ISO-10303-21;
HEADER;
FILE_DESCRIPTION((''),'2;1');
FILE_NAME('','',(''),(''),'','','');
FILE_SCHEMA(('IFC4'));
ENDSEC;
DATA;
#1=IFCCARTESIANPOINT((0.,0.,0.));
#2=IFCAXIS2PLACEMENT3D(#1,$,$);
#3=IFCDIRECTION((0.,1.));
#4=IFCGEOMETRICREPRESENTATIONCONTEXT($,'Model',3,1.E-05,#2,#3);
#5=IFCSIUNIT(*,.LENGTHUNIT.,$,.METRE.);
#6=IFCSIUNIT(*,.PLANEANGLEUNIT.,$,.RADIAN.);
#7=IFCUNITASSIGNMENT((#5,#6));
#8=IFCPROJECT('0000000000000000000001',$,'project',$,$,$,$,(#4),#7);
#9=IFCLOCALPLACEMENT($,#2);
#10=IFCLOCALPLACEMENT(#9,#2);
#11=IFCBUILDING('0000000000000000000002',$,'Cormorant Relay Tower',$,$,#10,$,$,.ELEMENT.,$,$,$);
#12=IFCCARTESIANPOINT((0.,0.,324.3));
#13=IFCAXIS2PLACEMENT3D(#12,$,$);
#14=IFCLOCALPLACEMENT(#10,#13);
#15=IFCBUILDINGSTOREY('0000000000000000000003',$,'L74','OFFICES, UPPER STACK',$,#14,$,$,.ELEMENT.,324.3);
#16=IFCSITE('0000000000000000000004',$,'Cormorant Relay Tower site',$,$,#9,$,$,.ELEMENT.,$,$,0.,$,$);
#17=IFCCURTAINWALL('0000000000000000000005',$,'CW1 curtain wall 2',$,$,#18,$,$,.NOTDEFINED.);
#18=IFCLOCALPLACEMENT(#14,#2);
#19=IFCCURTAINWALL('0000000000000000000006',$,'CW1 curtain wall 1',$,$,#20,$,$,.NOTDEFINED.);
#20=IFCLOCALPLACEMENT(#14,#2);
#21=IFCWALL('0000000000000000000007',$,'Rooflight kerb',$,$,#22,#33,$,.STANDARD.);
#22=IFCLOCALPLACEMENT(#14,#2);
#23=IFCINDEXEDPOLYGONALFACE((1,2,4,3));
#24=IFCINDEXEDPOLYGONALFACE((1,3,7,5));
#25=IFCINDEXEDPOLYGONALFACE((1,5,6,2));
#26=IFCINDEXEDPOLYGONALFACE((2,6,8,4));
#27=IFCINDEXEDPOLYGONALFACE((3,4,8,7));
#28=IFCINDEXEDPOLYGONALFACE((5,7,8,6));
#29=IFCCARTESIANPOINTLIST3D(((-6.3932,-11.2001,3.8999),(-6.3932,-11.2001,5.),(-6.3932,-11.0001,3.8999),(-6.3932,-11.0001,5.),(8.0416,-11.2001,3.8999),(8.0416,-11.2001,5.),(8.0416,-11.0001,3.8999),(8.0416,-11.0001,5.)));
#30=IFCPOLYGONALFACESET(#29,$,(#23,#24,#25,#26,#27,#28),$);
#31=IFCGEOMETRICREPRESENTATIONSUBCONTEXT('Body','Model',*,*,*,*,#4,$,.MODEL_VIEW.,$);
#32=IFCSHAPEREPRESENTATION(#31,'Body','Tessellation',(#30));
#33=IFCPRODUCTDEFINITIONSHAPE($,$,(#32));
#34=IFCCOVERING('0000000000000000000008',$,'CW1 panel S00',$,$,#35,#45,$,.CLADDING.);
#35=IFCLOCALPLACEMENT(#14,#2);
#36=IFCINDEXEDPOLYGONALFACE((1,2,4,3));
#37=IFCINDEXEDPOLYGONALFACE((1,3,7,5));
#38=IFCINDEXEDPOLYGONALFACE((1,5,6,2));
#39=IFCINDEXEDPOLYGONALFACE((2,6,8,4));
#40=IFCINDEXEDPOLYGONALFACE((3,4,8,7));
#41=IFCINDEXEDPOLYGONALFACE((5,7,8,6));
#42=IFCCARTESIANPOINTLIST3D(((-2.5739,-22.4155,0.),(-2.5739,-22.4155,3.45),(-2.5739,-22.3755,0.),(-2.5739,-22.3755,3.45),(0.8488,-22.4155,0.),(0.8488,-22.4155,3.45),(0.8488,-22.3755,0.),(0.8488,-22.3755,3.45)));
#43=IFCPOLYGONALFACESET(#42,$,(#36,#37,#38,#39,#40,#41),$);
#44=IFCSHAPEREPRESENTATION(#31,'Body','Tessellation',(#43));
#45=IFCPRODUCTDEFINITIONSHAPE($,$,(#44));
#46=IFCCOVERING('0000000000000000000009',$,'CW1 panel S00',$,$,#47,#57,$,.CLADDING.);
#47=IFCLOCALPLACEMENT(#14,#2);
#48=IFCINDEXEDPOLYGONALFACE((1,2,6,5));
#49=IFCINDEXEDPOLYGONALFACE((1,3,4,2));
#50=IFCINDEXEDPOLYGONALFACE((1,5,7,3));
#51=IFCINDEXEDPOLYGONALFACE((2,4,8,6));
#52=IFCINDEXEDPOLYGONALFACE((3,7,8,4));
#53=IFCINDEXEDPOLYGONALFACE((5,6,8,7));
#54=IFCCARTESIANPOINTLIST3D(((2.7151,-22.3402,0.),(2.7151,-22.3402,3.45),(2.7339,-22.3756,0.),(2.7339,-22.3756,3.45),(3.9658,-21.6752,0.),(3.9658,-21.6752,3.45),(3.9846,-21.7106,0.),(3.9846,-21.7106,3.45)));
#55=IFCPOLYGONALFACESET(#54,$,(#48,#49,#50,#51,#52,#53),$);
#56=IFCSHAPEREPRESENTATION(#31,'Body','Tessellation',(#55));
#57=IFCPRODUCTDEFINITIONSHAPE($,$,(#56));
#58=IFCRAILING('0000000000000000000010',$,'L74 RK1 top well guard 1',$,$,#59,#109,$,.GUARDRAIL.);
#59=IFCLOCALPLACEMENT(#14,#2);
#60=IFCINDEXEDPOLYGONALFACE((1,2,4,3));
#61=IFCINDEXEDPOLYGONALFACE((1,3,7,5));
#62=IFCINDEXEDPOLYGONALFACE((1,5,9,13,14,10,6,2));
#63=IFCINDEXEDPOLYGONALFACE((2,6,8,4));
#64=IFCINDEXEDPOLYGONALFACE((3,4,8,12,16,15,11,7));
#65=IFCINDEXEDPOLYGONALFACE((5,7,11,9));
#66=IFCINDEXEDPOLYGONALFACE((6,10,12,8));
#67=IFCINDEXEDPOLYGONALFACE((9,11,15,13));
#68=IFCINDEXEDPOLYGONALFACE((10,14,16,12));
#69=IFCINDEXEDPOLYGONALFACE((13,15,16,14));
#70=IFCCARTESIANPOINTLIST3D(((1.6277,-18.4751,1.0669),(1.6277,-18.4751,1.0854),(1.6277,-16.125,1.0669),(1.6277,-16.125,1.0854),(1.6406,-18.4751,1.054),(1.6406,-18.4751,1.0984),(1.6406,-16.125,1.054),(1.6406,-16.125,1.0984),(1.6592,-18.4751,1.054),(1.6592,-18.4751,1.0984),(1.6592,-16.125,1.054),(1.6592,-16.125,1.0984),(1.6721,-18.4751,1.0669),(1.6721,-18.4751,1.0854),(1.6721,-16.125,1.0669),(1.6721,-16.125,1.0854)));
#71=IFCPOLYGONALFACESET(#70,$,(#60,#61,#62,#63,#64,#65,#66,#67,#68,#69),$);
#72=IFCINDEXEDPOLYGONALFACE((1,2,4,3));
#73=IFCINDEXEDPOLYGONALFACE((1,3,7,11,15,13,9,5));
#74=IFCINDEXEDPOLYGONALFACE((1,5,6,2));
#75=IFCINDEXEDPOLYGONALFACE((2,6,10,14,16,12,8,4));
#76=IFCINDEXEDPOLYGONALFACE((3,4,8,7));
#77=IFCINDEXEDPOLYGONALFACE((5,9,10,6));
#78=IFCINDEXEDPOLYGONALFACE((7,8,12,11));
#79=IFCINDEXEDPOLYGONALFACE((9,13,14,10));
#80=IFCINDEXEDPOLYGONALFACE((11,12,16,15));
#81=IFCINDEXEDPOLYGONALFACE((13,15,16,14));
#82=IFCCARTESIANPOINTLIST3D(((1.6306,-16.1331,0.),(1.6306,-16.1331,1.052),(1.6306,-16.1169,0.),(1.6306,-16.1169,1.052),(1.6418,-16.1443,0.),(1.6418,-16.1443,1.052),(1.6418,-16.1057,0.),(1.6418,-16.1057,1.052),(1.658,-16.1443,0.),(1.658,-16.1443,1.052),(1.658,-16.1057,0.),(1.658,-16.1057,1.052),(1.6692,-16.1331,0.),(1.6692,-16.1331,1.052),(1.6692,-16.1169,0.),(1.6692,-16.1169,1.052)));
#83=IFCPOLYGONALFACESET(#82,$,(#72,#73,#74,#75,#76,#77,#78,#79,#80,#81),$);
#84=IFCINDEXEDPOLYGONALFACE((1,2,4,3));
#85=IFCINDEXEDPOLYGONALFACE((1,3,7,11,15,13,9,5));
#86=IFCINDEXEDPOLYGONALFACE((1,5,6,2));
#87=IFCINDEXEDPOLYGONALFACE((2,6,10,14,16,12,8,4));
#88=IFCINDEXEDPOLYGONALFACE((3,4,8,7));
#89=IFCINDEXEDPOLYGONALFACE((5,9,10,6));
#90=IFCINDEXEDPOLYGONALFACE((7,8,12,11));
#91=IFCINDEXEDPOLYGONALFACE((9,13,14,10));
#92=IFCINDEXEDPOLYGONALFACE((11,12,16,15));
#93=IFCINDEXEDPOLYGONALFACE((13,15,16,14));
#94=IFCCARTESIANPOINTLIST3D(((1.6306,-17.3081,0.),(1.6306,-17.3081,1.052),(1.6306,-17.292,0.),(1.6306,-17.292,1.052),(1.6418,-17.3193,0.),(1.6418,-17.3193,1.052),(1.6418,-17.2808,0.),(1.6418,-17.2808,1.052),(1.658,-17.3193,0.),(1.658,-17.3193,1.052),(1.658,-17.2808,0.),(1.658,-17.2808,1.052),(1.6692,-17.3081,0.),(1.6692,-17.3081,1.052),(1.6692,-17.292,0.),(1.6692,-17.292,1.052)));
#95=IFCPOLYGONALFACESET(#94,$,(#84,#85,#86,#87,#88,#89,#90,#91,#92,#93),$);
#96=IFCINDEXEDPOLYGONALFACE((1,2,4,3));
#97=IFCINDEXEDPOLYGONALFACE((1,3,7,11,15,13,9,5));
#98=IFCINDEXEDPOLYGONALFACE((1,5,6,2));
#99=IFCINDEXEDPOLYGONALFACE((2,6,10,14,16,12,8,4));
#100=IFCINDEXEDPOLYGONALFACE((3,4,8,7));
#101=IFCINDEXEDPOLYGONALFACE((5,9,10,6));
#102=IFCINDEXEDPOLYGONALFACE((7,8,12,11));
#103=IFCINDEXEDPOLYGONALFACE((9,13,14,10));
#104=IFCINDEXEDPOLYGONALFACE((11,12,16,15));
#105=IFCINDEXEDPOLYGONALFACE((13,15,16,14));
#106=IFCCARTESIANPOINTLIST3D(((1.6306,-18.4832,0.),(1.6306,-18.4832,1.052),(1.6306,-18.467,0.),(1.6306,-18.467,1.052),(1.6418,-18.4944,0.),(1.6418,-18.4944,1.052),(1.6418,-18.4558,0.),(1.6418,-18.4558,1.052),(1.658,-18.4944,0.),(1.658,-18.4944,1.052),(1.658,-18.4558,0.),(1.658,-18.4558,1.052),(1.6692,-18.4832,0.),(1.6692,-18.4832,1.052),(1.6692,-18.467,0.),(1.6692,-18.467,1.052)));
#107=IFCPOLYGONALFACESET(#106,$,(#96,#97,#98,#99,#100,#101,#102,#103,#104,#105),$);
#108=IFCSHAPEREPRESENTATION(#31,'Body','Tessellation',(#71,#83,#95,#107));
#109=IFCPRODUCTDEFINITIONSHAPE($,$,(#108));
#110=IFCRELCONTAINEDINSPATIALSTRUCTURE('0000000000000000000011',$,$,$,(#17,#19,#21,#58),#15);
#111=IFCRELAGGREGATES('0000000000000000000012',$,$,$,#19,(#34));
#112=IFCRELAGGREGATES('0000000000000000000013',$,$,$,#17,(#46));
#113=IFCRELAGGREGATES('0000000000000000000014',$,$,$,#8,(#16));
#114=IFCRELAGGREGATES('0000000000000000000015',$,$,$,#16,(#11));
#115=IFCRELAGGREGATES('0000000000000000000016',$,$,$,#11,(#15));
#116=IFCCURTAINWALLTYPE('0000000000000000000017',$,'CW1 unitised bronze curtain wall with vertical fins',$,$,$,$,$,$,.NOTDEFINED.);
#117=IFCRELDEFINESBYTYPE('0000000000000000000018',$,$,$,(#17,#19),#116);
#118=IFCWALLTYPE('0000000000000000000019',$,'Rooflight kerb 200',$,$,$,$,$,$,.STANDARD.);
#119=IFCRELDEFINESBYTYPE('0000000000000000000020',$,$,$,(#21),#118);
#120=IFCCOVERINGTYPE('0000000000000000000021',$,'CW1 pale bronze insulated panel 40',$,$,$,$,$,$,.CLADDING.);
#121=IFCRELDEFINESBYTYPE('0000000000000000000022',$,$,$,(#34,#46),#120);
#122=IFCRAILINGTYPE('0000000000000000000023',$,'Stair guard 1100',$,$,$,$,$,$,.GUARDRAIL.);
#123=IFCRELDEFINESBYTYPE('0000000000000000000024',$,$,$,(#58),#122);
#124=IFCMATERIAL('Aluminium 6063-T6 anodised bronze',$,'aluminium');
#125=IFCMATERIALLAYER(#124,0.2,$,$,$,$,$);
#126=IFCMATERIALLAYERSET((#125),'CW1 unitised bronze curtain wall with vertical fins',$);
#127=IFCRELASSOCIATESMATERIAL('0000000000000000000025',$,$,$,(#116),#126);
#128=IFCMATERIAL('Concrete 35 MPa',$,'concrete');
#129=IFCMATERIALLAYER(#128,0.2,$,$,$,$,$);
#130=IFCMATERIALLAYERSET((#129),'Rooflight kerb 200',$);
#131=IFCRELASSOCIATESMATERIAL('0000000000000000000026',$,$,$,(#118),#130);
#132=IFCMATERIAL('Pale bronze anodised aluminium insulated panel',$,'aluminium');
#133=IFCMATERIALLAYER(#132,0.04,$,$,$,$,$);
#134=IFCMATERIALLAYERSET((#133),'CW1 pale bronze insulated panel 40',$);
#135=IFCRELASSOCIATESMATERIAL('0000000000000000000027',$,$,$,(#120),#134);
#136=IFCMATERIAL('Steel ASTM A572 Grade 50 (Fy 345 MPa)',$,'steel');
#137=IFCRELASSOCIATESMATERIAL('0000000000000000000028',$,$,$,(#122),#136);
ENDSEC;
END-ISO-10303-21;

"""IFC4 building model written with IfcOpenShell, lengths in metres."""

from ifc_helpers import new_model, si_unit, direction, frame, frame_2d, origin, origin_2d, place, context, subcontext, project, spatial, polyline, rectangle, outline, extrude, material, layer, layer_set, type_object, element, aggregate, save


model = new_model("IFC4")

# Units and contexts
model_context = context("Model", 3, precision=1e-05, world=origin(), true_north=direction((0.0, 1.0)))
body_context = subcontext(model_context, "Body", "Model", "MODEL_VIEW")
ifc_project = project(units=[si_unit("LENGTHUNIT", "METRE"), si_unit("PLANEANGLEUNIT", "RADIAN")], contexts=[model_context])

# Site, building, storey
site_placement = place(None, origin())
site = spatial("IfcSite", under=ifc_project, at=site_placement, Name="Cormorant Relay Tower site", CompositionType="ELEMENT", RefElevation=0.0)
building_placement = place(site_placement, origin())
building = spatial("IfcBuilding", under=site, at=building_placement, Name="Cormorant Relay Tower", CompositionType="ELEMENT")
storey_placement = place(building_placement, frame((0.0, 0.0, 324.3)))
storey = spatial("IfcBuildingStorey", under=building, at=storey_placement, Name="L74", Description="OFFICES, UPPER STACK", CompositionType="ELEMENT", Elevation=324.3)

# Curtain wall
ifc_material_1 = material(Name="Aluminium 6063-T6 anodised bronze", Category="aluminium")
ifc_layer_1 = layer(ifc_material_1, 0.2)
ifc_layer_set_1 = layer_set([ifc_layer_1], Name="CW1 unitised bronze curtain wall with vertical fins")
curtain_wall_type_1 = type_object("IfcCurtainWallType", Name="CW1 unitised bronze curtain wall with vertical fins", PredefinedType="NOTDEFINED", material=ifc_layer_set_1)
curtain_wall_1_placement = place(storey_placement, origin())
curtain_wall_1 = element("IfcCurtainWall", 1, at=curtain_wall_1_placement, inside=storey, type_object=curtain_wall_type_1, Name="CW1 curtain wall 2", PredefinedType="NOTDEFINED")

# Curtain wall
curtain_wall_2_placement = place(storey_placement, origin())
curtain_wall_2 = element("IfcCurtainWall", 2, at=curtain_wall_2_placement, inside=storey, type_object=curtain_wall_type_1, Name="CW1 curtain wall 1", PredefinedType="NOTDEFINED")

# Wall
ifc_material_2 = material(Name="Concrete 35 MPa", Category="concrete")
ifc_layer_2 = layer(ifc_material_2, 0.2)
ifc_layer_set_2 = layer_set([ifc_layer_2], Name="Rooflight kerb 200")
wall_type_1 = type_object("IfcWallType", Name="Rooflight kerb 200", PredefinedType="STANDARD", material=ifc_layer_set_2)
wall_1_placement = place(storey_placement, frame((8.0415, -11.1001, 3.8999), z_axis=(0.0, 0.0, 1.0), x_axis=(-1.0, 0.0, 0.0)))
element("IfcWall", 3, at=wall_1_placement, inside=storey, type_object=wall_type_1, Name="Rooflight kerb", PredefinedType="STANDARD", context=body_context, shape_type="SweptSolid", body=[
    extrude(rectangle(XDim=14.4348, YDim=0.2, at=frame_2d((7.2173, 0.0))), origin(), (0.0, 0.0, 1.0), 1.1001),
])

# Coverings
ifc_material_3 = material(Name="Pale bronze anodised aluminium insulated panel", Category="aluminium")
ifc_layer_3 = layer(ifc_material_3, 0.04)
ifc_layer_set_3 = layer_set([ifc_layer_3], Name="CW1 pale bronze insulated panel 40")
covering_type = type_object("IfcCoveringType", Name="CW1 pale bronze insulated panel 40", PredefinedType="CLADDING", material=ifc_layer_set_3)
covering_1_placement = place(storey_placement, frame((-0.8625, -22.3955, 0.0), z_axis=(0.0, 0.0, 1.0), x_axis=(1.0, 0.0, 0.0)))
covering_1 = element("IfcCovering", 4, at=covering_1_placement, type_object=covering_type, Name="CW1 panel S00", PredefinedType="CLADDING", context=body_context, shape_type="SweptSolid", body=[
    extrude(rectangle(XDim=3.4226, YDim=0.04, at=origin_2d()), origin(), (0.0, 0.0, 1.0), 3.45),
])
aggregate(curtain_wall_2, [covering_1])
covering_2_placement = place(storey_placement, frame((3.3499, -22.0254, 0.0), z_axis=(0.0, 0.0, 1.0), x_axis=(0.882948, 0.469472, 0.0)))
covering_2 = element("IfcCovering", 5, at=covering_2_placement, type_object=covering_type, Name="CW1 panel S00", PredefinedType="CLADDING", context=body_context, shape_type="SweptSolid", body=[
    extrude(rectangle(XDim=1.4165, YDim=0.04, at=origin_2d()), origin(), (0.0, 0.0, 1.0), 3.45),
])
aggregate(curtain_wall_1, [covering_2])

# Railing
ifc_material_4 = material(Name="Steel ASTM A572 Grade 50 (Fy 345 MPa)", Category="steel")
railing_type = type_object("IfcRailingType", Name="Stair guard 1100", PredefinedType="GUARDRAIL", material=ifc_material_4)
railing_placement = place(storey_placement, frame((1.6499, -16.125, 0.0)))
element("IfcRailing", 6, at=railing_placement, inside=storey, type_object=railing_type, Name="L74 RK1 top well guard 1", PredefinedType="GUARDRAIL", context=body_context, shape_type="SweptSolid", body=[
    extrude(outline(polyline([(0.0222, 0.0093), (0.0093, 0.0222), (-0.0093, 0.0222), (-0.0222, 0.0093), (-0.0222, -0.0093), (-0.0093, -0.0222), (0.0093, -0.0222), (0.0222, -0.0093), (0.0222, 0.0093)])), frame((0.0, 0.0, 1.0762), z_axis=(0.0, -1.0, 0.0), x_axis=(1.0, 0.0, 0.0)), (0.0, 0.0, 1.0), 2.3501),
    extrude(outline(polyline([(0.0193, 0.0081), (0.0081, 0.0193), (-0.0081, 0.0193), (-0.0193, 0.0081), (-0.0193, -0.0081), (-0.0081, -0.0193), (0.0081, -0.0193), (0.0193, -0.0081), (0.0193, 0.0081)])), origin(), (0.0, 0.0, 1.0), 1.052),
    extrude(outline(polyline([(0.0193, 0.0081), (0.0081, 0.0193), (-0.0081, 0.0193), (-0.0193, 0.0081), (-0.0193, -0.0081), (-0.0081, -0.0193), (0.0081, -0.0193), (0.0193, -0.0081), (0.0193, 0.0081)])), frame((0.0, -1.175, 0.0)), (0.0, 0.0, 1.0), 1.052),
    extrude(outline(polyline([(0.0193, 0.0081), (0.0081, 0.0193), (-0.0081, 0.0193), (-0.0193, 0.0081), (-0.0193, -0.0081), (-0.0081, -0.0193), (0.0081, -0.0193), (0.0193, -0.0081), (0.0193, 0.0081)])), frame((0.0, -2.3501, 0.0)), (0.0, 0.0, 1.0), 1.052),
])

save(model, "model.ifc")
